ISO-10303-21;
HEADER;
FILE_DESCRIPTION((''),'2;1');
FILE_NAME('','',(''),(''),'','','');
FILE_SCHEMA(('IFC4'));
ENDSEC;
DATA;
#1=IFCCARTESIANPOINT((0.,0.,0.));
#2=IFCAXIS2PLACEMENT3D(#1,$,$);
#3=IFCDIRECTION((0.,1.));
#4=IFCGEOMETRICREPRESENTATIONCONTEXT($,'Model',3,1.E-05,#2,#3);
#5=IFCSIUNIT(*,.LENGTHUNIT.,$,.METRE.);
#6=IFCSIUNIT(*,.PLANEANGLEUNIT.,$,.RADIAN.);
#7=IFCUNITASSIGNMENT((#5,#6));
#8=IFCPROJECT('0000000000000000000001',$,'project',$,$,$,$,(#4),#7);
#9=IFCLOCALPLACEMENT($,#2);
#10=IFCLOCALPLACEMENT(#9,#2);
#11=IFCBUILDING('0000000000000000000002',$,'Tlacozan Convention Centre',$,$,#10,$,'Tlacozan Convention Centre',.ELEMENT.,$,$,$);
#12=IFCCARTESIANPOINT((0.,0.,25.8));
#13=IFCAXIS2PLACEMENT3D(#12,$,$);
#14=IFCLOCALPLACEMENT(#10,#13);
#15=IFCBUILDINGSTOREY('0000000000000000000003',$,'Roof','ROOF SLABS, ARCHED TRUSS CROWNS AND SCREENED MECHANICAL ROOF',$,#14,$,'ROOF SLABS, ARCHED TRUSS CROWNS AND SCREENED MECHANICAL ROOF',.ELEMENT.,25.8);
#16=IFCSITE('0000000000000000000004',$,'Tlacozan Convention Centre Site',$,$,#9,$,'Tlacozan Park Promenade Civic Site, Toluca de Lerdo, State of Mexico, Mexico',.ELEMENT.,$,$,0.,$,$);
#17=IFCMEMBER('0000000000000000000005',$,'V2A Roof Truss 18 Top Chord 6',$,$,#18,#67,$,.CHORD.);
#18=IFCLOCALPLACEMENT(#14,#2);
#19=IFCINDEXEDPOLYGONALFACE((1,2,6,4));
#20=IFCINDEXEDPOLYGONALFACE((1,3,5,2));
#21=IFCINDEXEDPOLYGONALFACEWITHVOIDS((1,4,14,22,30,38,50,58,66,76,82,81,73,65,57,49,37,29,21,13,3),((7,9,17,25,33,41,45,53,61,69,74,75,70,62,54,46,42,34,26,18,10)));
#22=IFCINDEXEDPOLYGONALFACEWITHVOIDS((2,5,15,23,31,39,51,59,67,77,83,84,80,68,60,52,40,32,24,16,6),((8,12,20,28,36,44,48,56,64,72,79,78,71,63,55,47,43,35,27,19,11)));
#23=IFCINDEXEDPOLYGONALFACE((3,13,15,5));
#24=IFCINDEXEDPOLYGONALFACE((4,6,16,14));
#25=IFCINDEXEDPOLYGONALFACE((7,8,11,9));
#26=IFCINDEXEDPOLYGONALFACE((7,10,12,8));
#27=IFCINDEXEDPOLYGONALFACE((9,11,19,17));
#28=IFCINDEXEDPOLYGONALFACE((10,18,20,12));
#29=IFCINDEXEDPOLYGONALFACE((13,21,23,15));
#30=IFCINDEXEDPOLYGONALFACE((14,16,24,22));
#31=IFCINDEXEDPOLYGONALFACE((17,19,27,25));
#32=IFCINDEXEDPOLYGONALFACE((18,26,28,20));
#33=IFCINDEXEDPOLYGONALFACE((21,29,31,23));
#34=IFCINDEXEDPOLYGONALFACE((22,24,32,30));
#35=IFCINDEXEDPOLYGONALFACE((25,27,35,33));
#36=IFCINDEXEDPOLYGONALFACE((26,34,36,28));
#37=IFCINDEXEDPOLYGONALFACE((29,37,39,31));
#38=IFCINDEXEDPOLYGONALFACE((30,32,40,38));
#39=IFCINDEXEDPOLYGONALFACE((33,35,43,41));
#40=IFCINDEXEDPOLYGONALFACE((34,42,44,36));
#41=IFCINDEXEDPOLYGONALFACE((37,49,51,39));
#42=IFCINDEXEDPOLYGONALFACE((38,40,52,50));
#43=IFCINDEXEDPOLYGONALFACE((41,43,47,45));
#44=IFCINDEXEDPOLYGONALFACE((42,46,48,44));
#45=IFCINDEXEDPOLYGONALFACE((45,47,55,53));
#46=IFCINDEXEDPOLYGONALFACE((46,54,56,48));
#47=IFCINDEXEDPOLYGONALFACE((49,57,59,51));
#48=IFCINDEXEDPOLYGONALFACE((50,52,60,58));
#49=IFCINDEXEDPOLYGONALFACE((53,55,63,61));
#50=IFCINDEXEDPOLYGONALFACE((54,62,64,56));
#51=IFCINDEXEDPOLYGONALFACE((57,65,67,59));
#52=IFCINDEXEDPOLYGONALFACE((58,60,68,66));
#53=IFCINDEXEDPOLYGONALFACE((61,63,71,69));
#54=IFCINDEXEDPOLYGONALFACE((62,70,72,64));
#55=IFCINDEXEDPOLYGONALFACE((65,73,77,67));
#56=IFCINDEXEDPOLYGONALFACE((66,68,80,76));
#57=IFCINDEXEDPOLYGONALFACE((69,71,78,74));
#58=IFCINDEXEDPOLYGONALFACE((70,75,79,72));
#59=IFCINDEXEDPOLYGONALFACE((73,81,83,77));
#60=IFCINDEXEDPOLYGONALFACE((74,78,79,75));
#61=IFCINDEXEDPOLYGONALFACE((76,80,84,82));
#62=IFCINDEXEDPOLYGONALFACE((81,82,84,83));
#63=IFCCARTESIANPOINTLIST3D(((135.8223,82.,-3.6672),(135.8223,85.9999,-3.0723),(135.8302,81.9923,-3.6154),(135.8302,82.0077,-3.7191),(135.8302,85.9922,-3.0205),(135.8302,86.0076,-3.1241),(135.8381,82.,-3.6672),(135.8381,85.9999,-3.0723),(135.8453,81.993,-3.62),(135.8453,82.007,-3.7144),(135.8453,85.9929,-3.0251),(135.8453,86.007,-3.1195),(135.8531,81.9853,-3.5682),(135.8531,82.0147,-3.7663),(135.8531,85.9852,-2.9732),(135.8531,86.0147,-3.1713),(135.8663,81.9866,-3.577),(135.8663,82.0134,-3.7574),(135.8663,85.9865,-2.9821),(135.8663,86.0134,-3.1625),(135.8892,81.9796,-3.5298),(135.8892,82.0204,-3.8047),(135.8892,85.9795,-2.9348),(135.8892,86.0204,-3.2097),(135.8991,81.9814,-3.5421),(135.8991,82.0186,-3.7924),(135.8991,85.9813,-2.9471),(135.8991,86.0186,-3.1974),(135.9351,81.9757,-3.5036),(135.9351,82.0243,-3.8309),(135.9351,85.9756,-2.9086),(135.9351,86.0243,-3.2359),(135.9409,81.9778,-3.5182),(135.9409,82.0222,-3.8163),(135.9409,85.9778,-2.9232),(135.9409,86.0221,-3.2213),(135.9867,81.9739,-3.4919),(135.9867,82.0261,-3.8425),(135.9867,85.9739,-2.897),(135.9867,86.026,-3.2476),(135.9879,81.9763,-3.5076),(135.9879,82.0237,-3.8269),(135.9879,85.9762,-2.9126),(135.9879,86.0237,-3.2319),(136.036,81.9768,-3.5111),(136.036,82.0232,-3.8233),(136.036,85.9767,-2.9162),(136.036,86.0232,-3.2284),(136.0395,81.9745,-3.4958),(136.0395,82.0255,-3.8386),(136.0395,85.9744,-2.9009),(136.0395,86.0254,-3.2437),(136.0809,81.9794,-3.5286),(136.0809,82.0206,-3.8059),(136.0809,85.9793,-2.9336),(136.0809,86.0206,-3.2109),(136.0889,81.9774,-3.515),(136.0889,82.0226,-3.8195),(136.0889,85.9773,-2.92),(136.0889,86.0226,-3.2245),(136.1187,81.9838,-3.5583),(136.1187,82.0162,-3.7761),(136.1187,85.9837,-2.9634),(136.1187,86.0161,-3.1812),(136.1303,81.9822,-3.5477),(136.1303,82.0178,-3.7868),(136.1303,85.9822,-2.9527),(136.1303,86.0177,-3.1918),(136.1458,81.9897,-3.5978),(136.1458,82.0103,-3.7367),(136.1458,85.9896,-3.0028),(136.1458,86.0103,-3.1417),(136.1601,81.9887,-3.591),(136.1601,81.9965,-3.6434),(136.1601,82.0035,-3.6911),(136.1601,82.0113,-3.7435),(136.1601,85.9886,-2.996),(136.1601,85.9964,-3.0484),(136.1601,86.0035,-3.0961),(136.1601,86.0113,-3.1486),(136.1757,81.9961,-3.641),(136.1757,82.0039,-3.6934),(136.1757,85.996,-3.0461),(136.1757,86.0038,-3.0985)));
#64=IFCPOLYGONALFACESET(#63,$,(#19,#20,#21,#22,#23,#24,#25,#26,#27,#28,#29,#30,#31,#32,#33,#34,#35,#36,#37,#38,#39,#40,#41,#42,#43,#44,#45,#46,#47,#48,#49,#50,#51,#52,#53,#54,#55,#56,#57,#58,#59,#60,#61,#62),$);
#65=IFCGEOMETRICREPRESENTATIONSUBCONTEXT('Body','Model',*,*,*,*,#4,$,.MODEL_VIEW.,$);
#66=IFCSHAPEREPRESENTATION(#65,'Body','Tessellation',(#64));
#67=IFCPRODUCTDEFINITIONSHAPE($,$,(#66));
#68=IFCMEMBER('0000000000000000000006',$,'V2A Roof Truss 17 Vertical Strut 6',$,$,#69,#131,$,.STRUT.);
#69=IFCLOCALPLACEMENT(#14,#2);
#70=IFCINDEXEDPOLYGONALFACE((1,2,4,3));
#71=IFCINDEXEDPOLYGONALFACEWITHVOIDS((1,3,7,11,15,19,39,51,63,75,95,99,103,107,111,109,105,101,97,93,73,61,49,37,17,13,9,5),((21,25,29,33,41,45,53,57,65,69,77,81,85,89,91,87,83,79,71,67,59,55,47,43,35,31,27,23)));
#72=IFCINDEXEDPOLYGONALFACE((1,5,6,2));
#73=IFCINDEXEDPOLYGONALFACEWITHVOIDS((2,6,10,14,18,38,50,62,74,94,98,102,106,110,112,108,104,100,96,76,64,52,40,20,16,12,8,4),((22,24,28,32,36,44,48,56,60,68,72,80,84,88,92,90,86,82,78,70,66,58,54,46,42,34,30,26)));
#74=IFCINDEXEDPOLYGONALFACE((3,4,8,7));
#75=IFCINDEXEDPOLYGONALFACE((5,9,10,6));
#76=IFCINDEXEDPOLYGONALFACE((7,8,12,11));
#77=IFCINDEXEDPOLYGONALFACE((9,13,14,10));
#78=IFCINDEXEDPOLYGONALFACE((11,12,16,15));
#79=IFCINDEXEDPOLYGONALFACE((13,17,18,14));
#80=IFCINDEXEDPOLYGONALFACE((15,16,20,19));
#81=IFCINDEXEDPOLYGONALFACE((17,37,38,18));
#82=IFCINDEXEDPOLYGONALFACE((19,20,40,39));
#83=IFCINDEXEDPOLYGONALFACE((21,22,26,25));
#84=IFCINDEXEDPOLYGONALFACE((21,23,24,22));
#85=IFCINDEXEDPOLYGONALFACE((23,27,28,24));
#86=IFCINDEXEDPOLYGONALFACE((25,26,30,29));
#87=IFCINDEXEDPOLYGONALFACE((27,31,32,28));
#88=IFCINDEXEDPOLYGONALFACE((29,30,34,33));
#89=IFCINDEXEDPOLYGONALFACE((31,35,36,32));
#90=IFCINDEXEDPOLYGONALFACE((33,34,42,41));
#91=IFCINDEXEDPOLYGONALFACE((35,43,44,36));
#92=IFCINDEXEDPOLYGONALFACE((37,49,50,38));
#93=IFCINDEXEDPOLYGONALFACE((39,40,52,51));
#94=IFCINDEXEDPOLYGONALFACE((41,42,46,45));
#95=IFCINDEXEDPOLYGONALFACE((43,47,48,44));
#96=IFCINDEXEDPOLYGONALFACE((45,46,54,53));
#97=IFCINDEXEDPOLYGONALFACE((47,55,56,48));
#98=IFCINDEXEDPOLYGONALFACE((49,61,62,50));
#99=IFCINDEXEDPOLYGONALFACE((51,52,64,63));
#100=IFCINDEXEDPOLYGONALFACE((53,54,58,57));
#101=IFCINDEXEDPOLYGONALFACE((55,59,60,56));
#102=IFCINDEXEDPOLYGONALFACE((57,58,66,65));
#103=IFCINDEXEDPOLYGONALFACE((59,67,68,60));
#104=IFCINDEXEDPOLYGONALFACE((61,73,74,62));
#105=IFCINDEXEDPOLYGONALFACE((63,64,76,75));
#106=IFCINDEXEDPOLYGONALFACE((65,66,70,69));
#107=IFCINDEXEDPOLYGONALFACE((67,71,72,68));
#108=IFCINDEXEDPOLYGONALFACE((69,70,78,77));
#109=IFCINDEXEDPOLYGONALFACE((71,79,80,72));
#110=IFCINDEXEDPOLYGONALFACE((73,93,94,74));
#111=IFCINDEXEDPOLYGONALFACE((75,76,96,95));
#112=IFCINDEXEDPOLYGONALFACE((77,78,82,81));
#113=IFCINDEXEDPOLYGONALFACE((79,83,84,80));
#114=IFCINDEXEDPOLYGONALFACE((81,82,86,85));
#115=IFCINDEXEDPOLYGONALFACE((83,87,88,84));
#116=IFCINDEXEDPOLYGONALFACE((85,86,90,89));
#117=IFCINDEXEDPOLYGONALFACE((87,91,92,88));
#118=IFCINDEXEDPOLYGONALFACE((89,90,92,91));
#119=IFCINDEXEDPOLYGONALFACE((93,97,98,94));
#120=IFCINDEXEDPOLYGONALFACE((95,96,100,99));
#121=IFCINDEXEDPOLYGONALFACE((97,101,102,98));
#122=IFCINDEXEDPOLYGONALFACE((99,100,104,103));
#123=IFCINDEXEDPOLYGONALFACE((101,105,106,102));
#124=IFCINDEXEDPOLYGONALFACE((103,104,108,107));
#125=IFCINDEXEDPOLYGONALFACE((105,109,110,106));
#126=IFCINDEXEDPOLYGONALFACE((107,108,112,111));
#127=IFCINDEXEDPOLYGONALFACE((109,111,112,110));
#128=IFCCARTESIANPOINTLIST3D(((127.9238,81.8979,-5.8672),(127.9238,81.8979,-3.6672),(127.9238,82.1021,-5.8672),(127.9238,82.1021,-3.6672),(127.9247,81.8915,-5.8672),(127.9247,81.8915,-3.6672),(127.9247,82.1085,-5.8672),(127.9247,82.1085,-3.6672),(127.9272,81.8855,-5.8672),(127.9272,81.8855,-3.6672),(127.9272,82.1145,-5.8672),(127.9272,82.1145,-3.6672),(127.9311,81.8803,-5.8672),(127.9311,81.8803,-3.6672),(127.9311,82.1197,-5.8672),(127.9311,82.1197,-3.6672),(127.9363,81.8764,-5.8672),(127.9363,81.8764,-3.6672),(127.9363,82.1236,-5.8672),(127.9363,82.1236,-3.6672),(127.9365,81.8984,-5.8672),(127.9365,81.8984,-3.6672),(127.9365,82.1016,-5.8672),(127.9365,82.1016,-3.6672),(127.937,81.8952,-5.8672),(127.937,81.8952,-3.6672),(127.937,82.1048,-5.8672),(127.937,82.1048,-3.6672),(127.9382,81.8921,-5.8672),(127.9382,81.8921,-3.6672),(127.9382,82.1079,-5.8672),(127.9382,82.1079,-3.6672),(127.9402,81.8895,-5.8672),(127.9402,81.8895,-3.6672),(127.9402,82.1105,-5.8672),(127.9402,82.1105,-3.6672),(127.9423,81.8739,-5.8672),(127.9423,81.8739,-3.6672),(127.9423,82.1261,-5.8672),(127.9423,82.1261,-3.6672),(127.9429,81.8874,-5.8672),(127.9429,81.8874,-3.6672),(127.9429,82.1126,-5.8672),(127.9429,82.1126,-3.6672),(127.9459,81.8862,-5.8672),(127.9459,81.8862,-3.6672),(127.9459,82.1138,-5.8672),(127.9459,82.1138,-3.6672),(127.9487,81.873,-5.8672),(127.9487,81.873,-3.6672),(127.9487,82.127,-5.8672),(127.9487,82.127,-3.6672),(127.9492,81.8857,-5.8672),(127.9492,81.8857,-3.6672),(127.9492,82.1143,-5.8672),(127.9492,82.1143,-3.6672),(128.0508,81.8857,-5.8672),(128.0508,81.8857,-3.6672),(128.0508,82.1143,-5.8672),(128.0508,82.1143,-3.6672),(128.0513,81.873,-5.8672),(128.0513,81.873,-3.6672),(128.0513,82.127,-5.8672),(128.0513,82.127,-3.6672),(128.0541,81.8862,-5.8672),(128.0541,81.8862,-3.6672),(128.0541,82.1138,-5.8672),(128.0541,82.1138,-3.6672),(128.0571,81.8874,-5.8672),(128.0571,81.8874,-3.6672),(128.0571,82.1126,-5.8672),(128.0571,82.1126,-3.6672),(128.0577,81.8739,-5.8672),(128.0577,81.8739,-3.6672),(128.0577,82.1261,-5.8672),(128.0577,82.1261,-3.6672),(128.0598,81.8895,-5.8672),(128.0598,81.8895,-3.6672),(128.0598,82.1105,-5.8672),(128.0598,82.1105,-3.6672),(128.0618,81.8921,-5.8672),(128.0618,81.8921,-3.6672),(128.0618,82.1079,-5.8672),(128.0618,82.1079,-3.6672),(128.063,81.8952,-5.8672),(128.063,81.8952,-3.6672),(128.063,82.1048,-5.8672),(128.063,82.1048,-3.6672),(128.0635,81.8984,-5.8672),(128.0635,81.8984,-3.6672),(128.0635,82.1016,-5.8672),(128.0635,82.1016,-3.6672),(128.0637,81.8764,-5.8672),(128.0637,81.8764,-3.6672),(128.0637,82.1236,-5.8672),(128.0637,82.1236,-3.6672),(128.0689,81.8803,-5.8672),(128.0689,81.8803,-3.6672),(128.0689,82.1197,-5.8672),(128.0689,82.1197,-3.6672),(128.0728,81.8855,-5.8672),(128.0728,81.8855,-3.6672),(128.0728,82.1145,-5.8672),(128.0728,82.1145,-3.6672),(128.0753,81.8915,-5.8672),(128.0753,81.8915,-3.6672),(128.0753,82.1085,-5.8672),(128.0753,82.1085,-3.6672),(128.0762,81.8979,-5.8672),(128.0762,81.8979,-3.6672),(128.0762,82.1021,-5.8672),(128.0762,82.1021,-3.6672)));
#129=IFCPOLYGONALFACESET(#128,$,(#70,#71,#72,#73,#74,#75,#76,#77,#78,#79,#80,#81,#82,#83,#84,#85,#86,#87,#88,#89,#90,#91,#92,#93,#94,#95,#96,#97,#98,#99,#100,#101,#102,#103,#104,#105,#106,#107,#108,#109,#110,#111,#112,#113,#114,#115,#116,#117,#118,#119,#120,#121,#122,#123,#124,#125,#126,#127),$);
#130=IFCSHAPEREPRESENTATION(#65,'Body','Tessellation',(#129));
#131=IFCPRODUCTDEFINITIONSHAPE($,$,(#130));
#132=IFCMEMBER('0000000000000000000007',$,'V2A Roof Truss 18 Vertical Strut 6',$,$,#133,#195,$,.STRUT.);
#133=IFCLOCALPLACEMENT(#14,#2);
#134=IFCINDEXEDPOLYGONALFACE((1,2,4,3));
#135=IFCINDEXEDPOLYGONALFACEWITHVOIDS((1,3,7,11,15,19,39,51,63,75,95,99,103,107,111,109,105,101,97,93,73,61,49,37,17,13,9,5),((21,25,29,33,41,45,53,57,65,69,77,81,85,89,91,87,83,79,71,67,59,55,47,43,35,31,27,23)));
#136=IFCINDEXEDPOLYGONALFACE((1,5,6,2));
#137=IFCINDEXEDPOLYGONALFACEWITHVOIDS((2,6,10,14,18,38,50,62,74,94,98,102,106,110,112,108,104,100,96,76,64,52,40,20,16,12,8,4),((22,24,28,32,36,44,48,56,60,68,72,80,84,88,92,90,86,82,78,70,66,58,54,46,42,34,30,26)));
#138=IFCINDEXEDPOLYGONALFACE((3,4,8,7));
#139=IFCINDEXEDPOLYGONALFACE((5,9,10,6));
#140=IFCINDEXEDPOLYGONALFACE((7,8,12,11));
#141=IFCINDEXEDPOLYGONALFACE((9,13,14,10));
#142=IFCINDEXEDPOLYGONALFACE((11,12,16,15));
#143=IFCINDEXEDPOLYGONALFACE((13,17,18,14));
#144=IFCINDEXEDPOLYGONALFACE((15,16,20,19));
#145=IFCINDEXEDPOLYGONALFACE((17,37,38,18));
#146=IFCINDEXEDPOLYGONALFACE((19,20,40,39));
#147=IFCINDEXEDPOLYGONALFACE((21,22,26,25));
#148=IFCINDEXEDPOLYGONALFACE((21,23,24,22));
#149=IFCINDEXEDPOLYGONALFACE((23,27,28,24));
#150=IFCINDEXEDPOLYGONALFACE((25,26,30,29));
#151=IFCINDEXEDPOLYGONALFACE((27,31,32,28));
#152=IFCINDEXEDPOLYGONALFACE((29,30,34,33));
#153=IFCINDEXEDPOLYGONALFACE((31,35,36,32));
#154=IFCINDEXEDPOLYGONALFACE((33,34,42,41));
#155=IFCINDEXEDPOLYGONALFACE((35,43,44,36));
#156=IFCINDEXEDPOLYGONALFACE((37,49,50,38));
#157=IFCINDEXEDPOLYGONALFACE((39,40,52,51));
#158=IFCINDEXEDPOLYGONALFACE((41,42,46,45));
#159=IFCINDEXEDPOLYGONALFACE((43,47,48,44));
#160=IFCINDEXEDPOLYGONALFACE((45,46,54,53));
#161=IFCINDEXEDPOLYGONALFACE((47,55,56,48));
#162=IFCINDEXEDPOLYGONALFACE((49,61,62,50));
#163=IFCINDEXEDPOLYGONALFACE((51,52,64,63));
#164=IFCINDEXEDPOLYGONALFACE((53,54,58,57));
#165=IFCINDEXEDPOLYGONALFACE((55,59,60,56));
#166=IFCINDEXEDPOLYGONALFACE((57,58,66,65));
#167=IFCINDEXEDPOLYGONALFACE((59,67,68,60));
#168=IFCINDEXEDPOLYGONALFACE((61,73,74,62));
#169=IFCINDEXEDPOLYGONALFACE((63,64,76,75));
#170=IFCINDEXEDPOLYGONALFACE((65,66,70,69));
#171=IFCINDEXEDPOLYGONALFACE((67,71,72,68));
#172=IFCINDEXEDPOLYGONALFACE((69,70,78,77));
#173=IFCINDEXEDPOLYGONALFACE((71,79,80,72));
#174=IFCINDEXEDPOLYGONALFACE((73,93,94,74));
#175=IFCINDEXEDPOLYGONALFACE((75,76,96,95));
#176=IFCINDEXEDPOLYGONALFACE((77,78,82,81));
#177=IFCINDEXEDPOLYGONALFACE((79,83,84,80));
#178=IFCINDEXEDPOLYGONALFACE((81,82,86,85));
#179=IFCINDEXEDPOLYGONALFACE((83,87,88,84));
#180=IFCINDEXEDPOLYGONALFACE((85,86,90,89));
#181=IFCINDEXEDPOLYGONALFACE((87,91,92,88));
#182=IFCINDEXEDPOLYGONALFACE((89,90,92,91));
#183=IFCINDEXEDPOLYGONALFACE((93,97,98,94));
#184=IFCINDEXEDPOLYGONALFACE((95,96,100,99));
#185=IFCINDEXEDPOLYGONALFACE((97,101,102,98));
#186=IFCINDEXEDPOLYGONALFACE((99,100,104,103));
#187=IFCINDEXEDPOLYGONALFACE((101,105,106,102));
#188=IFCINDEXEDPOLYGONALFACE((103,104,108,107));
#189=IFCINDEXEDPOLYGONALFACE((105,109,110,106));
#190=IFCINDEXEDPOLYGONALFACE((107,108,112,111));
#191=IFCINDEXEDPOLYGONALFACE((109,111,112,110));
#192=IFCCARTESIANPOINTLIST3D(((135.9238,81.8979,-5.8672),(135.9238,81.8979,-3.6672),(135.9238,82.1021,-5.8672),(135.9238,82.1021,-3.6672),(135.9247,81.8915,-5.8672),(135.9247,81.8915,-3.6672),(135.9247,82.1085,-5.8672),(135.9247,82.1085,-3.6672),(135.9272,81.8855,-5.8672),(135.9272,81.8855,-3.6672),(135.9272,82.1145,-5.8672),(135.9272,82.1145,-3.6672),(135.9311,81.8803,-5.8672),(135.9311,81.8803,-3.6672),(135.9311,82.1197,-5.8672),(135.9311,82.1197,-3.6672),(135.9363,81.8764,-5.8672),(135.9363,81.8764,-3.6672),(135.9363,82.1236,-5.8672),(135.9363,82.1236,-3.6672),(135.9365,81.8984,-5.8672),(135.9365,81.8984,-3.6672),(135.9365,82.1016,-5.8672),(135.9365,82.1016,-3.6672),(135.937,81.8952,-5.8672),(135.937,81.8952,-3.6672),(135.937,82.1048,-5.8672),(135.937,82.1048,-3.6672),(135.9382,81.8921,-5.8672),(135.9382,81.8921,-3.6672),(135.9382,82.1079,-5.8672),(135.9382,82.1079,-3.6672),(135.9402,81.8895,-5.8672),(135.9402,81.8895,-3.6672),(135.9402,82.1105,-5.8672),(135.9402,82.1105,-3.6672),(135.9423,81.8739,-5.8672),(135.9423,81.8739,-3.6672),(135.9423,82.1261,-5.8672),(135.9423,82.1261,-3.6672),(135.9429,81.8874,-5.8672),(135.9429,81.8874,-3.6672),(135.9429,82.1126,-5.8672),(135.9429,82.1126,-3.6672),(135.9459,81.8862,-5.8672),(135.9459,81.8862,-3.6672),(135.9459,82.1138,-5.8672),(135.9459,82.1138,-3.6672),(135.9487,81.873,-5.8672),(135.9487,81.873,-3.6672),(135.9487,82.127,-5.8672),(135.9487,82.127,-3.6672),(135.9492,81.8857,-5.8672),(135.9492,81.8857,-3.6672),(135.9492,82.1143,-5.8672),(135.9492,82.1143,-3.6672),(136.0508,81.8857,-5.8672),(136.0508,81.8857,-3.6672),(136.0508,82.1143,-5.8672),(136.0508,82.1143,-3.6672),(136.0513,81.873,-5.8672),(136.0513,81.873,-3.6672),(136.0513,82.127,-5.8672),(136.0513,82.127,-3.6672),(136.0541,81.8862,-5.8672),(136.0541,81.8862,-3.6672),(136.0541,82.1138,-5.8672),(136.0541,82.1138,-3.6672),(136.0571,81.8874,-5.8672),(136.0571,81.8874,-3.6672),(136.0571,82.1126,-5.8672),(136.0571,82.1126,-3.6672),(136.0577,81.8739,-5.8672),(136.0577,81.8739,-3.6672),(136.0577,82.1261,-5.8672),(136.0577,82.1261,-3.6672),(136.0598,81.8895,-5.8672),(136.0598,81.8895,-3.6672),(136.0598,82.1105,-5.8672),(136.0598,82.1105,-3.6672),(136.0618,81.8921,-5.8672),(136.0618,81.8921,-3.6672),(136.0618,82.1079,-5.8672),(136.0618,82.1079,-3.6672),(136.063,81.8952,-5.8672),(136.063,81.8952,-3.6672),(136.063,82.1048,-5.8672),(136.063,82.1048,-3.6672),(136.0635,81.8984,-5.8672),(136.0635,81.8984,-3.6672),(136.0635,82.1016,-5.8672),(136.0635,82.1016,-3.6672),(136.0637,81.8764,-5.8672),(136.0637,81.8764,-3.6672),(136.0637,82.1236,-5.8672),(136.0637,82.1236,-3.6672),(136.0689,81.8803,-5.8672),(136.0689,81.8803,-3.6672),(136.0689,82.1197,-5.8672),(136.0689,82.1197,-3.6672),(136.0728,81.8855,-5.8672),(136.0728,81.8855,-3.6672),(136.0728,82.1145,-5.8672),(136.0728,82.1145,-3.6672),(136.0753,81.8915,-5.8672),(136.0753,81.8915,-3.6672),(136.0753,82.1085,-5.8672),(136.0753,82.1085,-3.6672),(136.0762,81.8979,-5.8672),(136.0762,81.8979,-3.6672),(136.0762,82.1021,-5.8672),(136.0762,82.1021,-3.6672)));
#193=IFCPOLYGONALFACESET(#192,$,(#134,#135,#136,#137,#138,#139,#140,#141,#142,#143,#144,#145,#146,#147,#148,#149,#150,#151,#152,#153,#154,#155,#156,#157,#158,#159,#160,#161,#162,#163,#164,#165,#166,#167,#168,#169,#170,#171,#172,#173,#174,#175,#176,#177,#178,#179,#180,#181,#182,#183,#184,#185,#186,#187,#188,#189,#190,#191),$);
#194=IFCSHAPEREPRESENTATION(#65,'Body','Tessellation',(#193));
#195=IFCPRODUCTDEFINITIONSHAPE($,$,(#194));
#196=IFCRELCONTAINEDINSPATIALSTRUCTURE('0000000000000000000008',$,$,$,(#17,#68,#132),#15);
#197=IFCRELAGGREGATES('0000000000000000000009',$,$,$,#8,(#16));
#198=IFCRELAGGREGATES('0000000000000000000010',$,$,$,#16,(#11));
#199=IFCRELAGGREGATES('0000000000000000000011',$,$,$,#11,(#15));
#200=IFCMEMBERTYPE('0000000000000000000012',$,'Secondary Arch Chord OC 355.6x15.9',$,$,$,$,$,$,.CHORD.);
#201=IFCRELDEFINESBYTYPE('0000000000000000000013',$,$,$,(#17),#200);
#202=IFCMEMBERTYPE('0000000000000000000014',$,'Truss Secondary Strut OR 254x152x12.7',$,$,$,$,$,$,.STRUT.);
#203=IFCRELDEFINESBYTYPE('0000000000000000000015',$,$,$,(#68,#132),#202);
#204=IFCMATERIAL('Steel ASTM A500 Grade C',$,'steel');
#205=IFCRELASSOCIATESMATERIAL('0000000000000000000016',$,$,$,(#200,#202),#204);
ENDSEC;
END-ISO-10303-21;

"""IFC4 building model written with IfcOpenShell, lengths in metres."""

from ifc_helpers import new_model, si_unit, direction, frame, origin, origin_2d, place, context, subcontext, project, spatial, hollow_rectangle, hollow_circle, extrude, material, material_profile, profile_set, type_object, element, save


model = new_model("IFC4")

# Units and contexts
model_context = context("Model", 3, precision=1e-05, world=origin(), true_north=direction((0.0, 1.0)))
body_context = subcontext(model_context, "Body", "Model", "MODEL_VIEW")
ifc_project = project(units=[si_unit("LENGTHUNIT", "METRE"), si_unit("PLANEANGLEUNIT", "RADIAN")], contexts=[model_context])

# Site, building, storey
site_placement = place(None, origin())
site = spatial("IfcSite", under=ifc_project, at=site_placement, Name="Tlacozan Convention Centre Site", LongName="Tlacozan Park Promenade Civic Site, Toluca de Lerdo, State of Mexico, Mexico", CompositionType="ELEMENT", RefElevation=0.0)
building_placement = place(site_placement, origin())
building = spatial("IfcBuilding", under=site, at=building_placement, Name="Tlacozan Convention Centre", LongName="Tlacozan Convention Centre", CompositionType="ELEMENT")
storey_placement = place(building_placement, frame((0.0, 0.0, 25.8)))
storey = spatial("IfcBuildingStorey", under=building, at=storey_placement, Name="Roof", Description="ROOF SLABS, ARCHED TRUSS CROWNS AND SCREENED MECHANICAL ROOF", LongName="ROOF SLABS, ARCHED TRUSS CROWNS AND SCREENED MECHANICAL ROOF", CompositionType="ELEMENT", Elevation=25.8)

# Members
ifc_material_1 = material(Name="Steel ASTM A500 Grade C", Category="steel")
ifc_material_profile_1 = material_profile(ifc_material_1, hollow_circle(Radius=0.1777, WallThickness=0.0159, at=origin_2d()), Name="OC 355.6x15.9")
ifc_profile_set_1 = profile_set([ifc_material_profile_1], Name="Steel ASTM A500 Grade C")
member_type_1 = type_object("IfcMemberType", Name="Secondary Arch Chord OC 355.6x15.9", PredefinedType="CHORD", material=ifc_profile_set_1)
member_1_placement = place(storey_placement, frame((136.0, 82.0, -3.6672), z_axis=(0.0, 0.989118, 0.147124), x_axis=(-1.0, 0.0, 0.0)))
element("IfcMember", 1, at=member_1_placement, inside=storey, type_object=member_type_1, Name="V2A Roof Truss 18 Top Chord 6", PredefinedType="CHORD", context=body_context, shape_type="SweptSolid", body=[
    extrude(hollow_circle(Radius=0.1777, WallThickness=0.0159, at=origin_2d()), origin(), (0.0, 0.0, 1.0), 4.0439),
])
ifc_material_profile_2 = material_profile(ifc_material_1, hollow_rectangle(XDim=0.1523, YDim=0.2539, WallThickness=0.0127, InnerFilletRadius=0.0127, OuterFilletRadius=0.0249, at=origin_2d()), Name="OR 254x152x12.7")
ifc_profile_set_2 = profile_set([ifc_material_profile_2], Name="Steel ASTM A500 Grade C")
member_type_2 = type_object("IfcMemberType", Name="Truss Secondary Strut OR 254x152x12.7", PredefinedType="STRUT", material=ifc_profile_set_2)
for number, where, z_axis, x_axis, name in (
    (2, (128.0, 82.0, -5.8672), (0.0, 0.0, 1.0), (1.0, 0.0, 0.0), "V2A Roof Truss 17 Vertical Strut 6"),
    (3, (136.0, 82.0, -5.8672), (0.0, 0.0, 1.0), (1.0, 0.0, 0.0), "V2A Roof Truss 18 Vertical Strut 6"),
):
    element("IfcMember", number, at=place(storey_placement, frame(where, z_axis=z_axis, x_axis=x_axis)), inside=storey, type_object=member_type_2, Name=name, PredefinedType="STRUT", context=body_context, shape_type="SweptSolid", body=[
        extrude(hollow_rectangle(XDim=0.1523, YDim=0.2539, WallThickness=0.0127, InnerFilletRadius=0.0127, OuterFilletRadius=0.0249, at=origin_2d()), origin(), (0.0, 0.0, 1.0), 2.2),
    ])

save(model, "model.ifc")
